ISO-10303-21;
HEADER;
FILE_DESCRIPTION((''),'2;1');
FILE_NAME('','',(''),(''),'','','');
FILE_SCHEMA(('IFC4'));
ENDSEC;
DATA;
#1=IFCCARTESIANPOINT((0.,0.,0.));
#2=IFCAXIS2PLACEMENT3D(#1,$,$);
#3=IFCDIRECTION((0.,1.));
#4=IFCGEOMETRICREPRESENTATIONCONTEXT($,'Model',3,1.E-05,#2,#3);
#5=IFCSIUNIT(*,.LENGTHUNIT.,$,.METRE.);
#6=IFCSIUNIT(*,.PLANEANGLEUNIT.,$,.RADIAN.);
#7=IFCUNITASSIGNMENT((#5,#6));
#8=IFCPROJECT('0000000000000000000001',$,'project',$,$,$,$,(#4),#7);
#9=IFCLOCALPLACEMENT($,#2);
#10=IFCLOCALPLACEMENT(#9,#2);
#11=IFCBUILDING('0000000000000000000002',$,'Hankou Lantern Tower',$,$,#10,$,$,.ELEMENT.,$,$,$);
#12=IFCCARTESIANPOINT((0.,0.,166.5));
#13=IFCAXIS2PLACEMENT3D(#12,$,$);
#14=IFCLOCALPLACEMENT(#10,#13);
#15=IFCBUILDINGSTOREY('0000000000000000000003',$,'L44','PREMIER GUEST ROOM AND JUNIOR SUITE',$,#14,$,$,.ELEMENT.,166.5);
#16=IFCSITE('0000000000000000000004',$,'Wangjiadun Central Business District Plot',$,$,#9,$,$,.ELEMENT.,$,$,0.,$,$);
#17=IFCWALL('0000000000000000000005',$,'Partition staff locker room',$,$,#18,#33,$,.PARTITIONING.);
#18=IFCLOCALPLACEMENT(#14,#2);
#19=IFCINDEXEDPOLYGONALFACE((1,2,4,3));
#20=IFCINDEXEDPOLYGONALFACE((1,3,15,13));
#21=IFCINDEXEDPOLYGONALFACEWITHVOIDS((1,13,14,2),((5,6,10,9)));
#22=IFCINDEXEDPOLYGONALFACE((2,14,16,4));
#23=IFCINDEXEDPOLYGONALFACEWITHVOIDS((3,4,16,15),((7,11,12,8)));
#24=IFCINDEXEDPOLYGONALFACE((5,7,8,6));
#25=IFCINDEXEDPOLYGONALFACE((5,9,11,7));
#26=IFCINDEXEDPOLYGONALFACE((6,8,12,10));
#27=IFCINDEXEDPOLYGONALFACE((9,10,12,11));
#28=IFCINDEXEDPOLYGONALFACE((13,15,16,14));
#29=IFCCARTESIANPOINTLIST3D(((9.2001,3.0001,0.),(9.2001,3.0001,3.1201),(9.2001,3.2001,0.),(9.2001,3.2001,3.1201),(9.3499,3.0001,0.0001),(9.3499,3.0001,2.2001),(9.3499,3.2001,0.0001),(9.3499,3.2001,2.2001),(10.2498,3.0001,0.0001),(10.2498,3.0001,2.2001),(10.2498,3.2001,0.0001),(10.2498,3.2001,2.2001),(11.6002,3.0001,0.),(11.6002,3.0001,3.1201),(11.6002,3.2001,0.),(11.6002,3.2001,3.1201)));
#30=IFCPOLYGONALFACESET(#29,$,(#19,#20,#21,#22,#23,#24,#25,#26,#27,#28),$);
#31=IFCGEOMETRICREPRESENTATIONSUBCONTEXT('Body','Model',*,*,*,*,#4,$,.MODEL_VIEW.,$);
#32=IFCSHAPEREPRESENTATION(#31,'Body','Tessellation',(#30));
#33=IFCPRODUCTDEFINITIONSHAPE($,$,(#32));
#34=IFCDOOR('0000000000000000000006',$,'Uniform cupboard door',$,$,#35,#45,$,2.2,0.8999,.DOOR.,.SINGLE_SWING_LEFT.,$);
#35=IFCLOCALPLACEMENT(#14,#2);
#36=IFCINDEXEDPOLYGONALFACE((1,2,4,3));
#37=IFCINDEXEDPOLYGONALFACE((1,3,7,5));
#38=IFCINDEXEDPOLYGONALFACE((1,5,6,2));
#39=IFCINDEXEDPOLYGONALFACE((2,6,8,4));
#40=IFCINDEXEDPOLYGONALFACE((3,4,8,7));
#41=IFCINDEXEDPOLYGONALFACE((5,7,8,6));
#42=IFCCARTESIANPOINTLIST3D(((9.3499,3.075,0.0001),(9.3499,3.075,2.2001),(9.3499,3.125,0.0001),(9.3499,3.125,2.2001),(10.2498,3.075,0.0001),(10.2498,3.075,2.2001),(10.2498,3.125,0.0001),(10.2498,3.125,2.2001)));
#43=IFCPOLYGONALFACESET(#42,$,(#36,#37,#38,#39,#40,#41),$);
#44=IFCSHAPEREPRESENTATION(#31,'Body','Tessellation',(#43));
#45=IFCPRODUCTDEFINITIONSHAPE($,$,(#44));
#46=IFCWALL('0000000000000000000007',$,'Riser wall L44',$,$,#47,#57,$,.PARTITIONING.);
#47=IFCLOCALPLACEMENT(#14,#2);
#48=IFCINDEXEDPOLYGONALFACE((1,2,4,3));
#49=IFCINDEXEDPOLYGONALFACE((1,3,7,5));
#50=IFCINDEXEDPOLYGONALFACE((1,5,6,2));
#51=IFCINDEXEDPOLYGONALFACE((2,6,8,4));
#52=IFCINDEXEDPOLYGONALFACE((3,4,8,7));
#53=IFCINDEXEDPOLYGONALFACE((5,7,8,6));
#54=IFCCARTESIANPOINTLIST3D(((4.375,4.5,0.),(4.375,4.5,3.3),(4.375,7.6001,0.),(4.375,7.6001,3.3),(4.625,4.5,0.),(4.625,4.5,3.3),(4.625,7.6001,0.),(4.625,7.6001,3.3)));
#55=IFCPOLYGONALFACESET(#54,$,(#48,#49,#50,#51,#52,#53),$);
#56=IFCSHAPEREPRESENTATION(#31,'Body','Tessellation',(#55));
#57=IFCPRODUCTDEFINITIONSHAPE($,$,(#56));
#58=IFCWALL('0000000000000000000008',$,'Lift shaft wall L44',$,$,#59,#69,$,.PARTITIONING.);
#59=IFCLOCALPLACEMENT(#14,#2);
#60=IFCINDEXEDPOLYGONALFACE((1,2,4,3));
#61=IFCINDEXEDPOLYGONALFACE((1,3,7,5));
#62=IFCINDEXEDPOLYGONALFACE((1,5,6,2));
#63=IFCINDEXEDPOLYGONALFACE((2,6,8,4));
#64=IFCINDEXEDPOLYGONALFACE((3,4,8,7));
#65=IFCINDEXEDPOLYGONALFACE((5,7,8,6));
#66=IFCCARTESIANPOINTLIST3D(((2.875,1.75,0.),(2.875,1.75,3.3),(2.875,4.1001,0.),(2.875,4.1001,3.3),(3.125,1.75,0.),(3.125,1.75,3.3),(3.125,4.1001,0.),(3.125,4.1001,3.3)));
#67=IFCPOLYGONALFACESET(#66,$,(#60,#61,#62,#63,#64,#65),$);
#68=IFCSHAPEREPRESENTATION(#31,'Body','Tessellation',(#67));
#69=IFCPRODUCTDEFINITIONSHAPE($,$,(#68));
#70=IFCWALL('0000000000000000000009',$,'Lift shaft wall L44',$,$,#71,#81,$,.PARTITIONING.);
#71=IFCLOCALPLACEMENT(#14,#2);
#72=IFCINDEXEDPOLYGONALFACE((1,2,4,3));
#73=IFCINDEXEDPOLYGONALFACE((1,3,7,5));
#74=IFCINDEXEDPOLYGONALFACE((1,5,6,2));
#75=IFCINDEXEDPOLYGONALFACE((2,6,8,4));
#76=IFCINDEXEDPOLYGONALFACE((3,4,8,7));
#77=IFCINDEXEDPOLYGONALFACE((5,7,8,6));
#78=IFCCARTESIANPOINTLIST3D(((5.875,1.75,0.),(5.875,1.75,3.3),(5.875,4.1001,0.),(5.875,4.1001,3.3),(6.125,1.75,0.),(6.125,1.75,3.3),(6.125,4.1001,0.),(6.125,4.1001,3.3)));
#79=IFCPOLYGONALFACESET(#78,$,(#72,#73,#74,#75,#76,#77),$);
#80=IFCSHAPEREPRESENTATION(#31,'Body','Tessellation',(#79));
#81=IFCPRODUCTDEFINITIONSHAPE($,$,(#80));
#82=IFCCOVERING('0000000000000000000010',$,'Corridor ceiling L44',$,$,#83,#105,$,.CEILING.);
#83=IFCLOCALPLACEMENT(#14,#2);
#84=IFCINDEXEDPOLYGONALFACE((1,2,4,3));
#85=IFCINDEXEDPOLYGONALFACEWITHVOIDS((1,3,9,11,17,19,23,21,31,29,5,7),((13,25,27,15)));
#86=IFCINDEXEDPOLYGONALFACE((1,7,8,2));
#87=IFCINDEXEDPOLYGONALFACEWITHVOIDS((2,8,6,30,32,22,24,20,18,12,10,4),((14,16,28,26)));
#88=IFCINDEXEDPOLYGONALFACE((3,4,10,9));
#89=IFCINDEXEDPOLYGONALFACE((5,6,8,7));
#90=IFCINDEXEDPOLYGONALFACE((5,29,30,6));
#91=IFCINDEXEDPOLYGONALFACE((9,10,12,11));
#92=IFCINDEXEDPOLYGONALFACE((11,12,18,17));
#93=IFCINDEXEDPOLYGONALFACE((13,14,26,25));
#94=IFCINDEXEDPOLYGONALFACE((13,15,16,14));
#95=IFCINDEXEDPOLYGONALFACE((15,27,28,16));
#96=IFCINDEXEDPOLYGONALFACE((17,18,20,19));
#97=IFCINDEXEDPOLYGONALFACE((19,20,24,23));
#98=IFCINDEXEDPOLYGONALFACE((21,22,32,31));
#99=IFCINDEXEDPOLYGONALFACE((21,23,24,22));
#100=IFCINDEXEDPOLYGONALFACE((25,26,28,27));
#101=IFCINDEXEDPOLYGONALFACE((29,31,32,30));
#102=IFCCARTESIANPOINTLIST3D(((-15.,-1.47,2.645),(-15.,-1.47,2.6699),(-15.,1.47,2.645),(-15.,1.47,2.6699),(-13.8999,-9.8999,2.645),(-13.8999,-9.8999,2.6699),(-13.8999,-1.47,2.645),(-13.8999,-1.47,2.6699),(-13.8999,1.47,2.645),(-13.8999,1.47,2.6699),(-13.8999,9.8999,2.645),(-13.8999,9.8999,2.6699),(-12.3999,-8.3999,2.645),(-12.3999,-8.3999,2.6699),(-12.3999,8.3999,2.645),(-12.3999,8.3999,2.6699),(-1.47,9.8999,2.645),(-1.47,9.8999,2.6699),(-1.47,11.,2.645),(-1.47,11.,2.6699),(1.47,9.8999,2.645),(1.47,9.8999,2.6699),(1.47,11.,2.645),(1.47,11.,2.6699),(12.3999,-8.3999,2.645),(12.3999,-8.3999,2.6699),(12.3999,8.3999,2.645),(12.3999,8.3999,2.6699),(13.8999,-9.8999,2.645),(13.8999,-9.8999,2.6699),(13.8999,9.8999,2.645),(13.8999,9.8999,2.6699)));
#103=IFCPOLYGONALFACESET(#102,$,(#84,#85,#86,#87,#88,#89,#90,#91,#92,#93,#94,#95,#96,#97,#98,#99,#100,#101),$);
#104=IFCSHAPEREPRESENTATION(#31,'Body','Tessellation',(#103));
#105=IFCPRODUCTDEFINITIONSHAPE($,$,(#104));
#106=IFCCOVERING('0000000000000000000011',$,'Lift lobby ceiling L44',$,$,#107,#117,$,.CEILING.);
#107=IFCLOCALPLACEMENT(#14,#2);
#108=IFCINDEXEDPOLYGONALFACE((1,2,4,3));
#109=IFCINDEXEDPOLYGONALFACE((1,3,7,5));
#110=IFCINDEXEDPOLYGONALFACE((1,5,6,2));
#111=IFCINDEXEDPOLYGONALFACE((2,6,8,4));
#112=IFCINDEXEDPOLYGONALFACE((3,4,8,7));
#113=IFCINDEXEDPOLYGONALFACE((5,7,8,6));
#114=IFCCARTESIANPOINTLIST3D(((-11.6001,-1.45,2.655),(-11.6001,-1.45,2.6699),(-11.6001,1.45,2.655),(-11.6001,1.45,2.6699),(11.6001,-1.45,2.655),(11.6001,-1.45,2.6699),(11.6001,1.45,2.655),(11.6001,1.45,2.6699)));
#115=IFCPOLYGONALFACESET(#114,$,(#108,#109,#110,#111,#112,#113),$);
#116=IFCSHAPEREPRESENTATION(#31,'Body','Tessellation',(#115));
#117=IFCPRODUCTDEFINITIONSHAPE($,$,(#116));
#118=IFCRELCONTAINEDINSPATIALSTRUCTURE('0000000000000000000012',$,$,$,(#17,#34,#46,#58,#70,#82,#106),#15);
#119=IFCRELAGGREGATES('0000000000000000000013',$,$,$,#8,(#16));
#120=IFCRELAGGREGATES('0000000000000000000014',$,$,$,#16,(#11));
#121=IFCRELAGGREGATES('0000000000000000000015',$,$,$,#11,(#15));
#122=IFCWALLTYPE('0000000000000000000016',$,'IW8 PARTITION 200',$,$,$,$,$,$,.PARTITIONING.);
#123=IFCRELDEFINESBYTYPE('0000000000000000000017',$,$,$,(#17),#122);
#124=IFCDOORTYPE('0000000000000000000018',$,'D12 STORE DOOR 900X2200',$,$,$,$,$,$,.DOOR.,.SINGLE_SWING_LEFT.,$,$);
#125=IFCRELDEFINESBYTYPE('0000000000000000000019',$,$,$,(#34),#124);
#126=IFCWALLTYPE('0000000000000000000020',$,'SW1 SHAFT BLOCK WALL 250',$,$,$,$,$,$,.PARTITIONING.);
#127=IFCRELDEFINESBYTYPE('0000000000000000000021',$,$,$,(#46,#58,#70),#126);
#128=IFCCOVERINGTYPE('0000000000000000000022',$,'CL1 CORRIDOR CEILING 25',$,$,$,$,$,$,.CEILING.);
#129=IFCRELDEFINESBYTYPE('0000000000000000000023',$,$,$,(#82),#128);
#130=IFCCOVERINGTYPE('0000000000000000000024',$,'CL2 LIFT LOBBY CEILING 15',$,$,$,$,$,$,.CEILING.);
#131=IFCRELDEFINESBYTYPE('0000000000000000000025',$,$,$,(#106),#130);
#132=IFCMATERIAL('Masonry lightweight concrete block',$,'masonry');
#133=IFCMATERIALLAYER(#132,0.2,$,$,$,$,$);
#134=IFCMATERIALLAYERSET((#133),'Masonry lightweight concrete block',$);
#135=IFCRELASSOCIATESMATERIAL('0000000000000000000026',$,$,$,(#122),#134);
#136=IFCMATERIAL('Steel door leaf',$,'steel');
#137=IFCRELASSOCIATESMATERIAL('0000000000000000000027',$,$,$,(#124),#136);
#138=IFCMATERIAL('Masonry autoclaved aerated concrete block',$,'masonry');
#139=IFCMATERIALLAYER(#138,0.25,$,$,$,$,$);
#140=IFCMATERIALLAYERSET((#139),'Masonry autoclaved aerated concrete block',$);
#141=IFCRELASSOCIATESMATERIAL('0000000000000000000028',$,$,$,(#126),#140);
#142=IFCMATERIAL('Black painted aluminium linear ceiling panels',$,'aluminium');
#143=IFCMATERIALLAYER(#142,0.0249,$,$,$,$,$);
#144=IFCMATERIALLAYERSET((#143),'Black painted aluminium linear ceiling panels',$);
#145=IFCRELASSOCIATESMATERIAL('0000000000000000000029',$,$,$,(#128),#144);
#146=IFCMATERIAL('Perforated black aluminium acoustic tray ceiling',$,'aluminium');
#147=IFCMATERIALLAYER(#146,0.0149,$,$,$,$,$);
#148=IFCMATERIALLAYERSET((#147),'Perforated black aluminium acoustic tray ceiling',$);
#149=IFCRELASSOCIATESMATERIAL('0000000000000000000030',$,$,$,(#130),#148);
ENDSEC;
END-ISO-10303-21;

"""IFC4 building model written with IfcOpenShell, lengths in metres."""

from ifc_helpers import new_model, si_unit, direction, frame, frame_2d, origin, place, context, subcontext, project, spatial, polyline, rectangle, outline, extrude, material, layer, layer_set, type_object, element, fill, save


model = new_model("IFC4")

# Units and contexts
model_context = context("Model", 3, precision=1e-05, world=origin(), true_north=direction((0.0, 1.0)))
body_context = subcontext(model_context, "Body", "Model", "MODEL_VIEW")
ifc_project = project(units=[si_unit("LENGTHUNIT", "METRE"), si_unit("PLANEANGLEUNIT", "RADIAN")], contexts=[model_context])

# Site, building, storey
site_placement = place(None, origin())
site = spatial("IfcSite", under=ifc_project, at=site_placement, Name="Wangjiadun Central Business District Plot", CompositionType="ELEMENT", RefElevation=0.0)
building_placement = place(site_placement, origin())
building = spatial("IfcBuilding", under=site, at=building_placement, Name="Hankou Lantern Tower", CompositionType="ELEMENT")
storey_placement = place(building_placement, frame((0.0, 0.0, 166.5)))
storey = spatial("IfcBuildingStorey", under=building, at=storey_placement, Name="L44", Description="PREMIER GUEST ROOM AND JUNIOR SUITE", CompositionType="ELEMENT", Elevation=166.5)

# Wall, opening, door
ifc_material_1 = material(Name="Masonry lightweight concrete block", Category="masonry")
ifc_layer_1 = layer(ifc_material_1, 0.2)
ifc_layer_set_1 = layer_set([ifc_layer_1], Name="Masonry lightweight concrete block")
wall_type_1 = type_object("IfcWallType", Name="IW8 PARTITION 200", PredefinedType="PARTITIONING", material=ifc_layer_set_1)
wall_1_placement = place(storey_placement, frame((9.2, 3.1001, 0.0), z_axis=(0.0, 0.0, 1.0), x_axis=(1.0, 0.0, 0.0)))
wall_1 = element("IfcWall", 1, at=wall_1_placement, inside=storey, type_object=wall_type_1, Name="Partition staff locker room", PredefinedType="PARTITIONING", context=body_context, shape_type="SweptSolid", body=[
    extrude(rectangle(XDim=2.4001, YDim=0.2, at=frame_2d((1.2002, 0.0))), origin(), (0.0, 0.0, 1.0), 3.1201),
])
opening_1_placement = place(wall_1_placement, frame((0.1499, 0.0, 0.0)))
opening_1 = element("IfcOpeningElement", 2, at=opening_1_placement, cuts=wall_1, PredefinedType="OPENING", context=body_context, shape_type="SweptSolid", body=[
    extrude(rectangle(XDim=0.8999, YDim=2.2, at=frame_2d((0.45, 1.1001))), frame((0.0, 0.1099, 0.0), z_axis=(0.0, -1.0, 0.0), x_axis=(1.0, 0.0, 0.0)), (0.0, 0.0, 1.0), 0.22),
])
ifc_material_2 = material(Name="Steel door leaf", Category="steel")
door_type_1 = type_object("IfcDoorType", Name="D12 STORE DOOR 900X2200", OperationType="SINGLE_SWING_LEFT", PredefinedType="DOOR", material=ifc_material_2)
door_1_placement = place(opening_1_placement, origin())
door_1 = element("IfcDoor", 3, at=door_1_placement, inside=storey, type_object=door_type_1, Name="Uniform cupboard door", OperationType="SINGLE_SWING_LEFT", OverallHeight=2.2, OverallWidth=0.8999, PredefinedType="DOOR", context=body_context, shape_type="SweptSolid", body=[
    extrude(rectangle(XDim=0.8999, YDim=2.2, at=frame_2d((0.45, 1.1001))), frame((0.0, 0.0249, 0.0), z_axis=(0.0, -1.0, 0.0), x_axis=(1.0, 0.0, 0.0)), (0.0, 0.0, 1.0), 0.05),
])
fill(opening_1, door_1)

# Walls
ifc_material_3 = material(Name="Masonry autoclaved aerated concrete block", Category="masonry")
ifc_layer_2 = layer(ifc_material_3, 0.25)
ifc_layer_set_2 = layer_set([ifc_layer_2], Name="Masonry autoclaved aerated concrete block")
wall_type_2 = type_object("IfcWallType", Name="SW1 SHAFT BLOCK WALL 250", PredefinedType="PARTITIONING", material=ifc_layer_set_2)
wall_2_placement = place(storey_placement, frame((4.5, 4.5, 0.0), z_axis=(0.0, 0.0, 1.0), x_axis=(0.0, 1.0, 0.0)))
element("IfcWall", 4, at=wall_2_placement, inside=storey, type_object=wall_type_2, Name="Riser wall L44", PredefinedType="PARTITIONING", context=body_context, shape_type="SweptSolid", body=[
    extrude(rectangle(XDim=3.1001, YDim=0.25, at=frame_2d((1.55, 0.0))), origin(), (0.0, 0.0, 1.0), 3.3),
])
for number, where, z_axis, x_axis, name in (
    (5, (3.0, 1.75, 0.0), (0.0, 0.0, 1.0), (0.0, 1.0, 0.0), "Lift shaft wall L44"),
    (6, (6.0, 1.75, 0.0), (0.0, 0.0, 1.0), (0.0, 1.0, 0.0), "Lift shaft wall L44"),
):
    element("IfcWall", number, at=place(storey_placement, frame(where, z_axis=z_axis, x_axis=x_axis)), inside=storey, type_object=wall_type_2, Name=name, PredefinedType="PARTITIONING", context=body_context, shape_type="SweptSolid", body=[
        extrude(rectangle(XDim=2.3501, YDim=0.25, at=frame_2d((1.175, 0.0))), origin(), (0.0, 0.0, 1.0), 3.3),
    ])

# Coverings
ifc_material_4 = material(Name="Black painted aluminium linear ceiling panels", Category="aluminium")
ifc_layer_3 = layer(ifc_material_4, 0.0249)
ifc_layer_set_3 = layer_set([ifc_layer_3], Name="Black painted aluminium linear ceiling panels")
covering_type_1 = type_object("IfcCoveringType", Name="CL1 CORRIDOR CEILING 25", PredefinedType="CEILING", material=ifc_layer_set_3)
covering_1_placement = place(storey_placement, frame((0.0, 0.0, 2.645)))
element("IfcCovering", 7, at=covering_1_placement, inside=storey, type_object=covering_type_1, Name="Corridor ceiling L44", PredefinedType="CEILING", context=body_context, shape_type="SweptSolid", body=[
    extrude(outline(polyline([(1.47, 9.8999), (1.47, 11.0), (-1.47, 11.0), (-1.47, 9.8999), (-13.8999, 9.8999), (-13.8999, 1.47), (-15.0, 1.47), (-15.0, -1.47), (-13.8999, -1.47), (-13.8999, -9.8999), (13.8999, -9.8999), (13.8999, 9.8999), (1.47, 9.8999)]), holes=[polyline([(-12.3999, 8.3999), (12.3999, 8.3999), (12.3999, -8.3999), (-12.3999, -8.3999), (-12.3999, 8.3999)])]), origin(), (0.0, 0.0, 1.0), 0.0249),
])
ifc_material_5 = material(Name="Perforated black aluminium acoustic tray ceiling", Category="aluminium")
ifc_layer_4 = layer(ifc_material_5, 0.0149)
ifc_layer_set_4 = layer_set([ifc_layer_4], Name="Perforated black aluminium acoustic tray ceiling")
covering_type_2 = type_object("IfcCoveringType", Name="CL2 LIFT LOBBY CEILING 15", PredefinedType="CEILING", material=ifc_layer_set_4)
covering_2_placement = place(storey_placement, frame((0.0, 0.0, 2.655)))
element("IfcCovering", 8, at=covering_2_placement, inside=storey, type_object=covering_type_2, Name="Lift lobby ceiling L44", PredefinedType="CEILING", context=body_context, shape_type="SweptSolid", body=[
    extrude(outline(polyline([(-11.6001, -1.45), (11.6001, -1.45), (11.6001, 1.45), (-11.6001, 1.45), (-11.6001, -1.45)])), origin(), (0.0, 0.0, 1.0), 0.0149),
])

save(model, "model.ifc")
